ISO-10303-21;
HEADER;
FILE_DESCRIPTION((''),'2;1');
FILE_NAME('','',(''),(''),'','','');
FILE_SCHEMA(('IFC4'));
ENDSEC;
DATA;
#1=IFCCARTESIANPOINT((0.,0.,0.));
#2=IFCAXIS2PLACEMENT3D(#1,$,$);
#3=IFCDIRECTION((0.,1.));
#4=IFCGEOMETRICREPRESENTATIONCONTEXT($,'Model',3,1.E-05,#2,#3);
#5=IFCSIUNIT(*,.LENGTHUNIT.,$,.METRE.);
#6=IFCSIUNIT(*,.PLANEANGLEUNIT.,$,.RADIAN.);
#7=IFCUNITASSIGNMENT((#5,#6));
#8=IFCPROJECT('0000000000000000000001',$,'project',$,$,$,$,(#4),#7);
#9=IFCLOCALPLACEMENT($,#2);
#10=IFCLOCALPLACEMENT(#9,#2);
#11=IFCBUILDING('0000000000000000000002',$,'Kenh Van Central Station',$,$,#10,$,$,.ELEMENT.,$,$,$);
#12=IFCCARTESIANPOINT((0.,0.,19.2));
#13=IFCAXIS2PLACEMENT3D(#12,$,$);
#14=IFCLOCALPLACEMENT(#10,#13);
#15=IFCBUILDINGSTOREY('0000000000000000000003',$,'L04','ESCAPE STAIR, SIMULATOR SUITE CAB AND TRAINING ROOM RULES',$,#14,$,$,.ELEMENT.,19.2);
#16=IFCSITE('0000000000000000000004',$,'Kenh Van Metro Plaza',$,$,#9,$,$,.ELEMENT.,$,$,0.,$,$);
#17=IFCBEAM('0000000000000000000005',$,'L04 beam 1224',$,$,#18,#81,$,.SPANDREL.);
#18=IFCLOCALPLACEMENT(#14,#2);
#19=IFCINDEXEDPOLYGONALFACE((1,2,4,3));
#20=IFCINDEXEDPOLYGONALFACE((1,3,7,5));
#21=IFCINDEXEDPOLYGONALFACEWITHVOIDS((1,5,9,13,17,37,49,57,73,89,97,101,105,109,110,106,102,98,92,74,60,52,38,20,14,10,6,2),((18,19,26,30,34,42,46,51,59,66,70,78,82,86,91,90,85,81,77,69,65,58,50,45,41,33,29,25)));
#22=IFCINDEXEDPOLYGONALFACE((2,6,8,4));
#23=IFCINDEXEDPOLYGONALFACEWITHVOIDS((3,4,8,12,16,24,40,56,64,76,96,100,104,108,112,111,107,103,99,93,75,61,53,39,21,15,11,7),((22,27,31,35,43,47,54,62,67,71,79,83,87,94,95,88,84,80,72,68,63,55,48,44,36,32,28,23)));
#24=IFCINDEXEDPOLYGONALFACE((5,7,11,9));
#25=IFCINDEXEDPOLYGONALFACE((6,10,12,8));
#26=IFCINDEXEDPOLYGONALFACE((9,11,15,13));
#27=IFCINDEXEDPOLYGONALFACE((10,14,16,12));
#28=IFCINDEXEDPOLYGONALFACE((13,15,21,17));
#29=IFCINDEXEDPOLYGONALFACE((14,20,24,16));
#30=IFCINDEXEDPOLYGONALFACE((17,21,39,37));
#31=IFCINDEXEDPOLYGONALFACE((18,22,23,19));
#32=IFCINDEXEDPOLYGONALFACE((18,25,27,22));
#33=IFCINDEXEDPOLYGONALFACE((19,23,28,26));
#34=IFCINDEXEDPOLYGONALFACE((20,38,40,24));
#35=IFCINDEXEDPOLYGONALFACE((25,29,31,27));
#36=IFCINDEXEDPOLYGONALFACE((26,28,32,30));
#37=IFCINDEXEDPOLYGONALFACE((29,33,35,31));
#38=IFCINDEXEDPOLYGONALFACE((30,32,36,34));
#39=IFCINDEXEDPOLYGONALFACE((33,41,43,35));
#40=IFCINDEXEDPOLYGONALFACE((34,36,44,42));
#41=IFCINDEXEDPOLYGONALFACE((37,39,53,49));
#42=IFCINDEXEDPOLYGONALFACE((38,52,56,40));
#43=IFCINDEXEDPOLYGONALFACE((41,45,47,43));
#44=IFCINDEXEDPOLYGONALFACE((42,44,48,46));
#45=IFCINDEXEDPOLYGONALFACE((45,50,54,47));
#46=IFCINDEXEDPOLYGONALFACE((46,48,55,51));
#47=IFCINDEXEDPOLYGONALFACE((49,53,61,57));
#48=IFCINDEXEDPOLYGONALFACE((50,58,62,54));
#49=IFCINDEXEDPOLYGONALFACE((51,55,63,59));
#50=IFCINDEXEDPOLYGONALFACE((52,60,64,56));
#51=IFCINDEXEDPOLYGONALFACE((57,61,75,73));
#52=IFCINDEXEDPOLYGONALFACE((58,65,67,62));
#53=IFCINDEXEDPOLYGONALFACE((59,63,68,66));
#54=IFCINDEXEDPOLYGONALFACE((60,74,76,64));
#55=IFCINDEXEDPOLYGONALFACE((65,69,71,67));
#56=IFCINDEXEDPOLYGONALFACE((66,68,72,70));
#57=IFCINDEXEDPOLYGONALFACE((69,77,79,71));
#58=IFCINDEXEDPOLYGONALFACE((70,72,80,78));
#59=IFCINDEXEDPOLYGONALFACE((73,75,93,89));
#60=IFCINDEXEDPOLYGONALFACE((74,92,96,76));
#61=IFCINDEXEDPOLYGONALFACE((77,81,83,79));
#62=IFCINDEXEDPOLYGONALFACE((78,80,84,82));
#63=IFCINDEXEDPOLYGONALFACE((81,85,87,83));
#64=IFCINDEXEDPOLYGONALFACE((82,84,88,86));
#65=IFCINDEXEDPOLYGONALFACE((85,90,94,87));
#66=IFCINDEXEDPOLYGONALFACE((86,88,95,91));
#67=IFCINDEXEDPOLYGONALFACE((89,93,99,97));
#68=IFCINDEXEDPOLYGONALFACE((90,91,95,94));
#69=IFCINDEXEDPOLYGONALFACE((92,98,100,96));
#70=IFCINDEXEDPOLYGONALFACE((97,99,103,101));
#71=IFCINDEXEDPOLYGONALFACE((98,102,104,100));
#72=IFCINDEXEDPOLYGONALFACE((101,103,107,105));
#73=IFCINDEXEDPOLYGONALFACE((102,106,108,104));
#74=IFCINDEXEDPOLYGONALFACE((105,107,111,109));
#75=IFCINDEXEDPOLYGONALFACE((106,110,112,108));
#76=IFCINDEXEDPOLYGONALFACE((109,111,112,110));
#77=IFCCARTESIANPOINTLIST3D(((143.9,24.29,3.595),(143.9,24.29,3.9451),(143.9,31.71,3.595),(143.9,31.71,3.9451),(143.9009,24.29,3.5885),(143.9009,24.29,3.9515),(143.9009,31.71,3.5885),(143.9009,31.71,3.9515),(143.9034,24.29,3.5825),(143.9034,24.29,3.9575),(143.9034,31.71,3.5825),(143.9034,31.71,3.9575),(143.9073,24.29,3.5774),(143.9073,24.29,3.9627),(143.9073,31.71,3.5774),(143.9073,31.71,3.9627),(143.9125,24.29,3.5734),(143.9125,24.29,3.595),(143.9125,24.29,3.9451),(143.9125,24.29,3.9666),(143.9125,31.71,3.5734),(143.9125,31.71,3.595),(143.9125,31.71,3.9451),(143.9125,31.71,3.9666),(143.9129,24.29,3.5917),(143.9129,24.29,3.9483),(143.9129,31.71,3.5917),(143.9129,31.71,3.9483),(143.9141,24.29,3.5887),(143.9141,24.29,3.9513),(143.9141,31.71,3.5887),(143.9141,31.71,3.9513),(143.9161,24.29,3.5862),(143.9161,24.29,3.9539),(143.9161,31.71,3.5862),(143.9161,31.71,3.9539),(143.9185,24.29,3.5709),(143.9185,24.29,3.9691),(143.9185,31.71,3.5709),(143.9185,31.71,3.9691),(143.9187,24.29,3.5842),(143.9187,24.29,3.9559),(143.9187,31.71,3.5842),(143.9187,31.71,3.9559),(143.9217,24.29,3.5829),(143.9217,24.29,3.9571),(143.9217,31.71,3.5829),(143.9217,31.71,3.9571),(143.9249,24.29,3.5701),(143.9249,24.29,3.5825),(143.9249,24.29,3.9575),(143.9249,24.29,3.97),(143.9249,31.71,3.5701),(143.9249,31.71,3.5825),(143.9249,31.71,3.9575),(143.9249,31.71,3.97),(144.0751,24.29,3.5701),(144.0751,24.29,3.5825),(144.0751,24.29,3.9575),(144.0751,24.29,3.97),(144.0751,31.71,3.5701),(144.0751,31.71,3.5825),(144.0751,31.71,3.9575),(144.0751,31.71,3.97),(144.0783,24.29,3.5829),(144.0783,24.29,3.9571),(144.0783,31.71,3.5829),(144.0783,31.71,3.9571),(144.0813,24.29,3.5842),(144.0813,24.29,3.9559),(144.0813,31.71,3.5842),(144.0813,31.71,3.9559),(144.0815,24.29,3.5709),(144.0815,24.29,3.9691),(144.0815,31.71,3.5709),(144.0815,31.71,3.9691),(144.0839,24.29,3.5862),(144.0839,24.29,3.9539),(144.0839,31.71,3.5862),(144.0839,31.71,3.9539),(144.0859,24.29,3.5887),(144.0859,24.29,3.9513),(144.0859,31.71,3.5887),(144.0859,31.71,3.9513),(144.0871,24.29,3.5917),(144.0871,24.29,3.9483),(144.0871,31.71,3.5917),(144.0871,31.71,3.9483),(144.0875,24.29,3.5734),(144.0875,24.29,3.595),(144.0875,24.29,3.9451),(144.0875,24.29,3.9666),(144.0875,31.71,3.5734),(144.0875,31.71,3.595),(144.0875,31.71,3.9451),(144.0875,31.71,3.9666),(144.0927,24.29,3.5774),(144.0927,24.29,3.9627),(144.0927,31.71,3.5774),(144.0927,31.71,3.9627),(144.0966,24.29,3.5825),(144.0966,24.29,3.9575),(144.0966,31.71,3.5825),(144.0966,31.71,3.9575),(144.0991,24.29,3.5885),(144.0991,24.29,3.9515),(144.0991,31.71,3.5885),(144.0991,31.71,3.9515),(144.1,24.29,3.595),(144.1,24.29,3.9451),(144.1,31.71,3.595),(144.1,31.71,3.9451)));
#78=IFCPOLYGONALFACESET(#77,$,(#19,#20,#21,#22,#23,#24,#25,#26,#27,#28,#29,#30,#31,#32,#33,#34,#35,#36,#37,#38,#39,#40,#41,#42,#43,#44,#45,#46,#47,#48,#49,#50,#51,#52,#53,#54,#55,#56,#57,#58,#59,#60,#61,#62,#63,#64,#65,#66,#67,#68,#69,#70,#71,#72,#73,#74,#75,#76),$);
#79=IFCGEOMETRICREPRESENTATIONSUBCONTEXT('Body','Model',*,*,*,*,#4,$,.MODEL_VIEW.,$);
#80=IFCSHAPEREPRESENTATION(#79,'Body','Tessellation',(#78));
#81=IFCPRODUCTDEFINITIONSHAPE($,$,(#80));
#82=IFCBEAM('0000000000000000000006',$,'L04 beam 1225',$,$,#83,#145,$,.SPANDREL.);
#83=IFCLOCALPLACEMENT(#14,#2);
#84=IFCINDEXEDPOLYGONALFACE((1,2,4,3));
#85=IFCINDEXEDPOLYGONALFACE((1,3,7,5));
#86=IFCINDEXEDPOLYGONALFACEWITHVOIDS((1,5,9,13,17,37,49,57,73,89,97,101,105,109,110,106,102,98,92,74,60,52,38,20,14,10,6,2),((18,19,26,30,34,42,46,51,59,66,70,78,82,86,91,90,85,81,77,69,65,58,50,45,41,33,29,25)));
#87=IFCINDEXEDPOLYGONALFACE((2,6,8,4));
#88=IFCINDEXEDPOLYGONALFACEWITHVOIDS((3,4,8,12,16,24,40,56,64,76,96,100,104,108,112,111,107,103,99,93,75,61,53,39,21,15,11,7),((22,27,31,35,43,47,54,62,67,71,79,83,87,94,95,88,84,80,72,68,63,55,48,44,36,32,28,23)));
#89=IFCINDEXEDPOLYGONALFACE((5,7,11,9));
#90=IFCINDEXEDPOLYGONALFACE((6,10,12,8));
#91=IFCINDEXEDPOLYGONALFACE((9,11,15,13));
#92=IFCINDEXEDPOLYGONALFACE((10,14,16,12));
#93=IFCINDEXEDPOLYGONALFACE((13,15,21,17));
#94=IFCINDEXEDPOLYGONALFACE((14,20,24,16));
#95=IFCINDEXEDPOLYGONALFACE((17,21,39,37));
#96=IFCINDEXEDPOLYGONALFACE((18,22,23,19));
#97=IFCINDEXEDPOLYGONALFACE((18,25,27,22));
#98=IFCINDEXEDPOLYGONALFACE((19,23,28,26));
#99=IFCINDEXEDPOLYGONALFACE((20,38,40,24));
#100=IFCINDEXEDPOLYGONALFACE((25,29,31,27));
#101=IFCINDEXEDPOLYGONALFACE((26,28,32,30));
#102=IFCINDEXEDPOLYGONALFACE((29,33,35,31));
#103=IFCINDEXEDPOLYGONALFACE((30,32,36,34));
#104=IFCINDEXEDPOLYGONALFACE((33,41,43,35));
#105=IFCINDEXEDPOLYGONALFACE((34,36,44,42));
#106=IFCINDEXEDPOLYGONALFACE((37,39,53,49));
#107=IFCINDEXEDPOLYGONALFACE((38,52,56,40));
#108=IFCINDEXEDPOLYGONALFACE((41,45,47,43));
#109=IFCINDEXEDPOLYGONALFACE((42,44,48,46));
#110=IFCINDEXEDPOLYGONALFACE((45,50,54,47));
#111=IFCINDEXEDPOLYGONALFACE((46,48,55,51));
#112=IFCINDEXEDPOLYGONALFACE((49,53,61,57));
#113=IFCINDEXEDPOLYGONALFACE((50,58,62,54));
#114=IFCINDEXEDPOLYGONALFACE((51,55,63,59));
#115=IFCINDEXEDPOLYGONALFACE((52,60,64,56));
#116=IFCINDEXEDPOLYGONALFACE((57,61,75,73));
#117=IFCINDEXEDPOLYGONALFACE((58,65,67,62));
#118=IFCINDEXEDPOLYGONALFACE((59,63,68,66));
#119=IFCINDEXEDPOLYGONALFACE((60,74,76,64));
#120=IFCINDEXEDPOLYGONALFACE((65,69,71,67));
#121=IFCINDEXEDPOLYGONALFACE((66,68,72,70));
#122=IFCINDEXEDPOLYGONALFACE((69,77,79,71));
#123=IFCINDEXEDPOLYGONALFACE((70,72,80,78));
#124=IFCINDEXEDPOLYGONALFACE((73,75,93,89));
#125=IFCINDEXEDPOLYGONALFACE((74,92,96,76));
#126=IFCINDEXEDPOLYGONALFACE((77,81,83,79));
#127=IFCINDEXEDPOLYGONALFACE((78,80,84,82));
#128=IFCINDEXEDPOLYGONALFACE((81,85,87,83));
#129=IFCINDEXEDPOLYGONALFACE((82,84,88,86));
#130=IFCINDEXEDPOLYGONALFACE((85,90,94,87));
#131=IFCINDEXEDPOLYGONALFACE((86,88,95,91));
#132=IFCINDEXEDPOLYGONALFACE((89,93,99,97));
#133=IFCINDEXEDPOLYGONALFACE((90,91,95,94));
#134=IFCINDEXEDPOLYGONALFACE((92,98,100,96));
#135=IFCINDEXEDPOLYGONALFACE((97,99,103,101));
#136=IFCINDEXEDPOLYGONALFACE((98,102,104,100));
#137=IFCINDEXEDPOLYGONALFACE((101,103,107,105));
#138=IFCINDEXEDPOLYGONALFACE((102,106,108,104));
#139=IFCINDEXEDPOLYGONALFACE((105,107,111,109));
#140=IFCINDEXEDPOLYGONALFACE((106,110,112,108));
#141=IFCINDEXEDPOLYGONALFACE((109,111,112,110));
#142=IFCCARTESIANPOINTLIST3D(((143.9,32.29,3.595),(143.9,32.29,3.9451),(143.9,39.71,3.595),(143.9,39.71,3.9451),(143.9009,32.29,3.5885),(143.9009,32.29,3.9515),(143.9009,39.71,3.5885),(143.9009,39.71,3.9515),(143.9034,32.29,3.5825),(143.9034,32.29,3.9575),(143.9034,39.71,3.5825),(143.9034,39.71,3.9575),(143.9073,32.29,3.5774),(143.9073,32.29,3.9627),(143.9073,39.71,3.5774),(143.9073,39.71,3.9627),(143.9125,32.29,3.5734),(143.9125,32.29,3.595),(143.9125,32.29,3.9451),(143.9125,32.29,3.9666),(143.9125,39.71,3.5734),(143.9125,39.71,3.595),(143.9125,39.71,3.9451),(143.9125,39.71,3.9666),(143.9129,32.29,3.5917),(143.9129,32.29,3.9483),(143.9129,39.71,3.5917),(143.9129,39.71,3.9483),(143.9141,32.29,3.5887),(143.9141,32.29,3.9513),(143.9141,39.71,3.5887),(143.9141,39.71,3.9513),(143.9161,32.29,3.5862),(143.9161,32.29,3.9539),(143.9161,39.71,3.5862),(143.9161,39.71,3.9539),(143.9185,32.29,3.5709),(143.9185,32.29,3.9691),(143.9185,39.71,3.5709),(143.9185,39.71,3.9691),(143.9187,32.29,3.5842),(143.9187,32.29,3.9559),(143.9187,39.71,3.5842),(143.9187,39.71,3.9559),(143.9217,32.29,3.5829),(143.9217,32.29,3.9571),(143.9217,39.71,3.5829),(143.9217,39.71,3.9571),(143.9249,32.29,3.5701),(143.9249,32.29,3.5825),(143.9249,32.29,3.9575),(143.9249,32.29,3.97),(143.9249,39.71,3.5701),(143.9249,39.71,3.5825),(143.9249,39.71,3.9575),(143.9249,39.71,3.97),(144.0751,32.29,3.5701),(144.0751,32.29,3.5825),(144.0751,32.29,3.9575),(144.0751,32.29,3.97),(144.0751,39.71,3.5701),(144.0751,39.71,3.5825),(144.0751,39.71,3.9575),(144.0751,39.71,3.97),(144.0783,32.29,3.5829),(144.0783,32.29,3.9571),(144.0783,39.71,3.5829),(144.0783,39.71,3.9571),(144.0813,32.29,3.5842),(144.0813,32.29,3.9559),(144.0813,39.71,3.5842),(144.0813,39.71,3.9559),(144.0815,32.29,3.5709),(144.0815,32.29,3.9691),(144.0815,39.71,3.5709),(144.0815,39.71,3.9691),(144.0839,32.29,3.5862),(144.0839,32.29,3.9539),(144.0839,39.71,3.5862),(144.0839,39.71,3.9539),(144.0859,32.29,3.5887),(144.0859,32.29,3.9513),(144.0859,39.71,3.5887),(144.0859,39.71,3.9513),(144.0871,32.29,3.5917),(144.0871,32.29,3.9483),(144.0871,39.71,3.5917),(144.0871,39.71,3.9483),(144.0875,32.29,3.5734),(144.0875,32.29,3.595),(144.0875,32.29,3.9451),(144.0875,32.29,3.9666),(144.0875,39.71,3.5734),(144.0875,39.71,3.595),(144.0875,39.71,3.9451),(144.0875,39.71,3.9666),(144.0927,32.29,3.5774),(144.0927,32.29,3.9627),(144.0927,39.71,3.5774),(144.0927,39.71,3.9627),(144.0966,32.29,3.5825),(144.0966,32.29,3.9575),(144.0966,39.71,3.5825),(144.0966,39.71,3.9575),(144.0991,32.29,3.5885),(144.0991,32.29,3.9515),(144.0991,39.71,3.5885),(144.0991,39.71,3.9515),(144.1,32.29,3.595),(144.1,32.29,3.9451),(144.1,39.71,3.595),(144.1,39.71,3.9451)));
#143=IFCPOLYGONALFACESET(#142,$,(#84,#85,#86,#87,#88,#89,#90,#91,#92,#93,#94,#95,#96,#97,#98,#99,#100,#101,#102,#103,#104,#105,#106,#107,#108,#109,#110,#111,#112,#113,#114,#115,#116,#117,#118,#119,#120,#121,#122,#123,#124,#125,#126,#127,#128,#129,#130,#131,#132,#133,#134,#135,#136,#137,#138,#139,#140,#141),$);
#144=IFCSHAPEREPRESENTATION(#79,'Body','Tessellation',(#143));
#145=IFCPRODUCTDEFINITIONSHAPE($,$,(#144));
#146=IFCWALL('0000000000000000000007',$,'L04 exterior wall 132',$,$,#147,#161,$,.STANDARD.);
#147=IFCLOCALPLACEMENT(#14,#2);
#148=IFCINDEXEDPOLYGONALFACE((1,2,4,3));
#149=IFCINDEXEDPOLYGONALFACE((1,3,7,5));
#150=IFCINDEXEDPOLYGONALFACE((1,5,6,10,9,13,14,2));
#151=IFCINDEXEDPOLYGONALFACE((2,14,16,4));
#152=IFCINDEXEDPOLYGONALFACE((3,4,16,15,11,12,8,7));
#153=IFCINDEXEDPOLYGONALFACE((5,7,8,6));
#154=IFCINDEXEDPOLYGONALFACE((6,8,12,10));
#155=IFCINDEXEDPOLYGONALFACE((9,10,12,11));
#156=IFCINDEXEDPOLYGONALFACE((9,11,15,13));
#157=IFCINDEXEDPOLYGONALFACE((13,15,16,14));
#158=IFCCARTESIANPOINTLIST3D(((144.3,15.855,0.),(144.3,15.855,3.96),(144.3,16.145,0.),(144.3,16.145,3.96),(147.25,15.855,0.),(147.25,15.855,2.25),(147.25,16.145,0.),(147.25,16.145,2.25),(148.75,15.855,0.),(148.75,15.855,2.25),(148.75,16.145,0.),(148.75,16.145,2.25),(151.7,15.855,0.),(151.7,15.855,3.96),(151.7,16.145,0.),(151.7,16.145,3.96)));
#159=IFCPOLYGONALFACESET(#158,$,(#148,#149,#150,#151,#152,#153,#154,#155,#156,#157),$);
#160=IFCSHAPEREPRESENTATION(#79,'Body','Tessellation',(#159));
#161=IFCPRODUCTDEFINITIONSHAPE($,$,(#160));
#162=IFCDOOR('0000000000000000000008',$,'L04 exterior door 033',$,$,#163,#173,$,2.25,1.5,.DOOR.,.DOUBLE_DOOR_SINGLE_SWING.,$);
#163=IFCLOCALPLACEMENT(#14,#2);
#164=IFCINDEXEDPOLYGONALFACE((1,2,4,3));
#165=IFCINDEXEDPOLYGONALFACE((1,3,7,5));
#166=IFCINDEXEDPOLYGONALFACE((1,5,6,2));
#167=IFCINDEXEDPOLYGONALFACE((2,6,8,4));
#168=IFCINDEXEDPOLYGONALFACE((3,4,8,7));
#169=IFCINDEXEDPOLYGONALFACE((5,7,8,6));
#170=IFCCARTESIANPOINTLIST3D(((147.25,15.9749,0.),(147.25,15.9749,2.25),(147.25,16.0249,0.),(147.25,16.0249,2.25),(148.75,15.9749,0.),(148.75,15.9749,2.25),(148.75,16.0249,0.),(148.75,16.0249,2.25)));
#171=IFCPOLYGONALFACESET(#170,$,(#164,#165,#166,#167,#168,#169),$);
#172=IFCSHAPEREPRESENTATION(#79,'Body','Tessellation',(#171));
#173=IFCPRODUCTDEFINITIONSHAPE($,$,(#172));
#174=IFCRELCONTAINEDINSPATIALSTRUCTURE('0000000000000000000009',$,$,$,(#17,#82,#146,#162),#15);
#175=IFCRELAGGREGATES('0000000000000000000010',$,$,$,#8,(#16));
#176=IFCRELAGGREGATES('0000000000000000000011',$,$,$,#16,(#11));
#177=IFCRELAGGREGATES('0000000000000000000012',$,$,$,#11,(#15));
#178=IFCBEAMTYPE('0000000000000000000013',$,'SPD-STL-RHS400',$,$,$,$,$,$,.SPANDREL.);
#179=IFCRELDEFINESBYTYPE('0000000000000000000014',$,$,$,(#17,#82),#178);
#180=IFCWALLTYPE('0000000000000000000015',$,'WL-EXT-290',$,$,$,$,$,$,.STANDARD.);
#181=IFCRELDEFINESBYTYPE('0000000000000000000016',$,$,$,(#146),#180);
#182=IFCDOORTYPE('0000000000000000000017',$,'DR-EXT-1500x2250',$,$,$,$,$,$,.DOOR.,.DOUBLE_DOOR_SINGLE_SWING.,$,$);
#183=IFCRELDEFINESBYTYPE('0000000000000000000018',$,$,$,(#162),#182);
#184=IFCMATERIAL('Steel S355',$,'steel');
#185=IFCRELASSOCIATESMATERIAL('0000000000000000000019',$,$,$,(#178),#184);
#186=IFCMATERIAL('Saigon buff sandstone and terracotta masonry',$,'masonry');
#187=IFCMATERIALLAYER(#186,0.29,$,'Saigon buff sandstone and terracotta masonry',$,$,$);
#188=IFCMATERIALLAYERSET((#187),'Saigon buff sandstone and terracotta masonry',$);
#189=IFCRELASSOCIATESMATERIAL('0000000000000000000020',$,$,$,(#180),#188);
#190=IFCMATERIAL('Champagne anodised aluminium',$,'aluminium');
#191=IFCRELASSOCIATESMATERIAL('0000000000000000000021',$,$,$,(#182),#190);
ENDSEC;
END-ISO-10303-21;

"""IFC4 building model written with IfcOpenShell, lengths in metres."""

from ifc_helpers import new_model, si_unit, direction, frame, frame_2d, origin, origin_2d, place, context, subcontext, project, spatial, rectangle, hollow_rectangle, extrude, material, layer, layer_set, material_profile, profile_set, type_object, element, fill, save


model = new_model("IFC4")

# Units and contexts
model_context = context("Model", 3, precision=1e-05, world=origin(), true_north=direction((0.0, 1.0)))
body_context = subcontext(model_context, "Body", "Model", "MODEL_VIEW")
ifc_project = project(units=[si_unit("LENGTHUNIT", "METRE"), si_unit("PLANEANGLEUNIT", "RADIAN")], contexts=[model_context])

# Site, building, storey
site_placement = place(None, origin())
site = spatial("IfcSite", under=ifc_project, at=site_placement, Name="Kenh Van Metro Plaza", CompositionType="ELEMENT", RefElevation=0.0)
building_placement = place(site_placement, origin())
building = spatial("IfcBuilding", under=site, at=building_placement, Name="Kenh Van Central Station", CompositionType="ELEMENT")
storey_placement = place(building_placement, frame((0.0, 0.0, 19.2)))
storey = spatial("IfcBuildingStorey", under=building, at=storey_placement, Name="L04", Description="ESCAPE STAIR, SIMULATOR SUITE CAB AND TRAINING ROOM RULES", CompositionType="ELEMENT", Elevation=19.2)

# Shared definitions
ifc_material_1 = material(Name="Steel S355", Category="steel")

# Beams
ifc_material_profile_1 = material_profile(ifc_material_1, hollow_rectangle(XDim=0.2, YDim=0.3999, WallThickness=0.0125, InnerFilletRadius=0.0125, OuterFilletRadius=0.0249, at=origin_2d()), Name="RHS 400x200x12.5")
ifc_profile_set_1 = profile_set([ifc_material_profile_1], Name="Steel S355")
beam_type_1 = type_object("IfcBeamType", Name="SPD-STL-RHS400", PredefinedType="SPANDREL", material=ifc_profile_set_1)
for number, where, z_axis, x_axis, name in (
    (1, (144.0, 24.29, 3.77), (0.0, 1.0, 0.0), (-1.0, 0.0, 0.0), "L04 beam 1224"),
    (2, (144.0, 32.29, 3.77), (0.0, 1.0, 0.0), (-1.0, 0.0, 0.0), "L04 beam 1225"),
):
    element("IfcBeam", number, at=place(storey_placement, frame(where, z_axis=z_axis, x_axis=x_axis)), inside=storey, type_object=beam_type_1, Name=name, PredefinedType="SPANDREL", context=body_context, shape_type="SweptSolid", body=[
        extrude(hollow_rectangle(XDim=0.2, YDim=0.3999, WallThickness=0.0125, InnerFilletRadius=0.0125, OuterFilletRadius=0.0249, at=origin_2d()), origin(), (0.0, 0.0, 1.0), 7.4199),
    ])

# Wall, opening, door
ifc_material_2 = material(Name="Saigon buff sandstone and terracotta masonry", Category="masonry")
ifc_layer_1 = layer(ifc_material_2, 0.29, Name="Saigon buff sandstone and terracotta masonry")
ifc_layer_set_1 = layer_set([ifc_layer_1], Name="Saigon buff sandstone and terracotta masonry")
wall_type_1 = type_object("IfcWallType", Name="WL-EXT-290", PredefinedType="STANDARD", material=ifc_layer_set_1)
wall_1_placement = place(storey_placement, frame((144.3, 16.0, 0.0), z_axis=(0.0, 0.0, 1.0), x_axis=(1.0, 0.0, 0.0)))
wall_1 = element("IfcWall", 3, at=wall_1_placement, inside=storey, type_object=wall_type_1, Name="L04 exterior wall 132", PredefinedType="STANDARD", context=body_context, shape_type="SweptSolid", body=[
    extrude(rectangle(XDim=7.3999, YDim=0.29, at=frame_2d((3.7, 0.0))), origin(), (0.0, 0.0, 1.0), 3.96),
])
opening_1_placement = place(wall_1_placement, frame((2.95, 0.0, 0.0)))
opening_1 = element("IfcOpeningElement", 4, at=opening_1_placement, cuts=wall_1, PredefinedType="OPENING", context=body_context, shape_type="SweptSolid", body=[
    extrude(rectangle(XDim=1.5, YDim=2.25, at=frame_2d((0.75, 1.125))), frame((0.0, 0.155, 0.0), z_axis=(0.0, -1.0, 0.0), x_axis=(1.0, 0.0, 0.0)), (0.0, 0.0, 1.0), 0.3101),
])
ifc_material_3 = material(Name="Champagne anodised aluminium", Category="aluminium")
door_type_1 = type_object("IfcDoorType", Name="DR-EXT-1500x2250", OperationType="DOUBLE_DOOR_SINGLE_SWING", PredefinedType="DOOR", material=ifc_material_3)
door_1_placement = place(opening_1_placement, frame((1.5, 0.0, 0.0), z_axis=(0.0, 0.0, 1.0), x_axis=(-1.0, 0.0, 0.0)))
door_1 = element("IfcDoor", 5, at=door_1_placement, inside=storey, type_object=door_type_1, Name="L04 exterior door 033", OperationType="DOUBLE_DOOR_SINGLE_SWING", OverallHeight=2.25, OverallWidth=1.5, PredefinedType="DOOR", context=body_context, shape_type="SweptSolid", body=[
    extrude(rectangle(XDim=1.5, YDim=2.25, at=frame_2d((-0.75, 1.125))), frame((0.0, -0.0249, 0.0), z_axis=(0.0, 1.0, 0.0), x_axis=(-1.0, 0.0, 0.0)), (0.0, 0.0, 1.0), 0.05),
])
fill(opening_1, door_1)

save(model, "model.ifc")
